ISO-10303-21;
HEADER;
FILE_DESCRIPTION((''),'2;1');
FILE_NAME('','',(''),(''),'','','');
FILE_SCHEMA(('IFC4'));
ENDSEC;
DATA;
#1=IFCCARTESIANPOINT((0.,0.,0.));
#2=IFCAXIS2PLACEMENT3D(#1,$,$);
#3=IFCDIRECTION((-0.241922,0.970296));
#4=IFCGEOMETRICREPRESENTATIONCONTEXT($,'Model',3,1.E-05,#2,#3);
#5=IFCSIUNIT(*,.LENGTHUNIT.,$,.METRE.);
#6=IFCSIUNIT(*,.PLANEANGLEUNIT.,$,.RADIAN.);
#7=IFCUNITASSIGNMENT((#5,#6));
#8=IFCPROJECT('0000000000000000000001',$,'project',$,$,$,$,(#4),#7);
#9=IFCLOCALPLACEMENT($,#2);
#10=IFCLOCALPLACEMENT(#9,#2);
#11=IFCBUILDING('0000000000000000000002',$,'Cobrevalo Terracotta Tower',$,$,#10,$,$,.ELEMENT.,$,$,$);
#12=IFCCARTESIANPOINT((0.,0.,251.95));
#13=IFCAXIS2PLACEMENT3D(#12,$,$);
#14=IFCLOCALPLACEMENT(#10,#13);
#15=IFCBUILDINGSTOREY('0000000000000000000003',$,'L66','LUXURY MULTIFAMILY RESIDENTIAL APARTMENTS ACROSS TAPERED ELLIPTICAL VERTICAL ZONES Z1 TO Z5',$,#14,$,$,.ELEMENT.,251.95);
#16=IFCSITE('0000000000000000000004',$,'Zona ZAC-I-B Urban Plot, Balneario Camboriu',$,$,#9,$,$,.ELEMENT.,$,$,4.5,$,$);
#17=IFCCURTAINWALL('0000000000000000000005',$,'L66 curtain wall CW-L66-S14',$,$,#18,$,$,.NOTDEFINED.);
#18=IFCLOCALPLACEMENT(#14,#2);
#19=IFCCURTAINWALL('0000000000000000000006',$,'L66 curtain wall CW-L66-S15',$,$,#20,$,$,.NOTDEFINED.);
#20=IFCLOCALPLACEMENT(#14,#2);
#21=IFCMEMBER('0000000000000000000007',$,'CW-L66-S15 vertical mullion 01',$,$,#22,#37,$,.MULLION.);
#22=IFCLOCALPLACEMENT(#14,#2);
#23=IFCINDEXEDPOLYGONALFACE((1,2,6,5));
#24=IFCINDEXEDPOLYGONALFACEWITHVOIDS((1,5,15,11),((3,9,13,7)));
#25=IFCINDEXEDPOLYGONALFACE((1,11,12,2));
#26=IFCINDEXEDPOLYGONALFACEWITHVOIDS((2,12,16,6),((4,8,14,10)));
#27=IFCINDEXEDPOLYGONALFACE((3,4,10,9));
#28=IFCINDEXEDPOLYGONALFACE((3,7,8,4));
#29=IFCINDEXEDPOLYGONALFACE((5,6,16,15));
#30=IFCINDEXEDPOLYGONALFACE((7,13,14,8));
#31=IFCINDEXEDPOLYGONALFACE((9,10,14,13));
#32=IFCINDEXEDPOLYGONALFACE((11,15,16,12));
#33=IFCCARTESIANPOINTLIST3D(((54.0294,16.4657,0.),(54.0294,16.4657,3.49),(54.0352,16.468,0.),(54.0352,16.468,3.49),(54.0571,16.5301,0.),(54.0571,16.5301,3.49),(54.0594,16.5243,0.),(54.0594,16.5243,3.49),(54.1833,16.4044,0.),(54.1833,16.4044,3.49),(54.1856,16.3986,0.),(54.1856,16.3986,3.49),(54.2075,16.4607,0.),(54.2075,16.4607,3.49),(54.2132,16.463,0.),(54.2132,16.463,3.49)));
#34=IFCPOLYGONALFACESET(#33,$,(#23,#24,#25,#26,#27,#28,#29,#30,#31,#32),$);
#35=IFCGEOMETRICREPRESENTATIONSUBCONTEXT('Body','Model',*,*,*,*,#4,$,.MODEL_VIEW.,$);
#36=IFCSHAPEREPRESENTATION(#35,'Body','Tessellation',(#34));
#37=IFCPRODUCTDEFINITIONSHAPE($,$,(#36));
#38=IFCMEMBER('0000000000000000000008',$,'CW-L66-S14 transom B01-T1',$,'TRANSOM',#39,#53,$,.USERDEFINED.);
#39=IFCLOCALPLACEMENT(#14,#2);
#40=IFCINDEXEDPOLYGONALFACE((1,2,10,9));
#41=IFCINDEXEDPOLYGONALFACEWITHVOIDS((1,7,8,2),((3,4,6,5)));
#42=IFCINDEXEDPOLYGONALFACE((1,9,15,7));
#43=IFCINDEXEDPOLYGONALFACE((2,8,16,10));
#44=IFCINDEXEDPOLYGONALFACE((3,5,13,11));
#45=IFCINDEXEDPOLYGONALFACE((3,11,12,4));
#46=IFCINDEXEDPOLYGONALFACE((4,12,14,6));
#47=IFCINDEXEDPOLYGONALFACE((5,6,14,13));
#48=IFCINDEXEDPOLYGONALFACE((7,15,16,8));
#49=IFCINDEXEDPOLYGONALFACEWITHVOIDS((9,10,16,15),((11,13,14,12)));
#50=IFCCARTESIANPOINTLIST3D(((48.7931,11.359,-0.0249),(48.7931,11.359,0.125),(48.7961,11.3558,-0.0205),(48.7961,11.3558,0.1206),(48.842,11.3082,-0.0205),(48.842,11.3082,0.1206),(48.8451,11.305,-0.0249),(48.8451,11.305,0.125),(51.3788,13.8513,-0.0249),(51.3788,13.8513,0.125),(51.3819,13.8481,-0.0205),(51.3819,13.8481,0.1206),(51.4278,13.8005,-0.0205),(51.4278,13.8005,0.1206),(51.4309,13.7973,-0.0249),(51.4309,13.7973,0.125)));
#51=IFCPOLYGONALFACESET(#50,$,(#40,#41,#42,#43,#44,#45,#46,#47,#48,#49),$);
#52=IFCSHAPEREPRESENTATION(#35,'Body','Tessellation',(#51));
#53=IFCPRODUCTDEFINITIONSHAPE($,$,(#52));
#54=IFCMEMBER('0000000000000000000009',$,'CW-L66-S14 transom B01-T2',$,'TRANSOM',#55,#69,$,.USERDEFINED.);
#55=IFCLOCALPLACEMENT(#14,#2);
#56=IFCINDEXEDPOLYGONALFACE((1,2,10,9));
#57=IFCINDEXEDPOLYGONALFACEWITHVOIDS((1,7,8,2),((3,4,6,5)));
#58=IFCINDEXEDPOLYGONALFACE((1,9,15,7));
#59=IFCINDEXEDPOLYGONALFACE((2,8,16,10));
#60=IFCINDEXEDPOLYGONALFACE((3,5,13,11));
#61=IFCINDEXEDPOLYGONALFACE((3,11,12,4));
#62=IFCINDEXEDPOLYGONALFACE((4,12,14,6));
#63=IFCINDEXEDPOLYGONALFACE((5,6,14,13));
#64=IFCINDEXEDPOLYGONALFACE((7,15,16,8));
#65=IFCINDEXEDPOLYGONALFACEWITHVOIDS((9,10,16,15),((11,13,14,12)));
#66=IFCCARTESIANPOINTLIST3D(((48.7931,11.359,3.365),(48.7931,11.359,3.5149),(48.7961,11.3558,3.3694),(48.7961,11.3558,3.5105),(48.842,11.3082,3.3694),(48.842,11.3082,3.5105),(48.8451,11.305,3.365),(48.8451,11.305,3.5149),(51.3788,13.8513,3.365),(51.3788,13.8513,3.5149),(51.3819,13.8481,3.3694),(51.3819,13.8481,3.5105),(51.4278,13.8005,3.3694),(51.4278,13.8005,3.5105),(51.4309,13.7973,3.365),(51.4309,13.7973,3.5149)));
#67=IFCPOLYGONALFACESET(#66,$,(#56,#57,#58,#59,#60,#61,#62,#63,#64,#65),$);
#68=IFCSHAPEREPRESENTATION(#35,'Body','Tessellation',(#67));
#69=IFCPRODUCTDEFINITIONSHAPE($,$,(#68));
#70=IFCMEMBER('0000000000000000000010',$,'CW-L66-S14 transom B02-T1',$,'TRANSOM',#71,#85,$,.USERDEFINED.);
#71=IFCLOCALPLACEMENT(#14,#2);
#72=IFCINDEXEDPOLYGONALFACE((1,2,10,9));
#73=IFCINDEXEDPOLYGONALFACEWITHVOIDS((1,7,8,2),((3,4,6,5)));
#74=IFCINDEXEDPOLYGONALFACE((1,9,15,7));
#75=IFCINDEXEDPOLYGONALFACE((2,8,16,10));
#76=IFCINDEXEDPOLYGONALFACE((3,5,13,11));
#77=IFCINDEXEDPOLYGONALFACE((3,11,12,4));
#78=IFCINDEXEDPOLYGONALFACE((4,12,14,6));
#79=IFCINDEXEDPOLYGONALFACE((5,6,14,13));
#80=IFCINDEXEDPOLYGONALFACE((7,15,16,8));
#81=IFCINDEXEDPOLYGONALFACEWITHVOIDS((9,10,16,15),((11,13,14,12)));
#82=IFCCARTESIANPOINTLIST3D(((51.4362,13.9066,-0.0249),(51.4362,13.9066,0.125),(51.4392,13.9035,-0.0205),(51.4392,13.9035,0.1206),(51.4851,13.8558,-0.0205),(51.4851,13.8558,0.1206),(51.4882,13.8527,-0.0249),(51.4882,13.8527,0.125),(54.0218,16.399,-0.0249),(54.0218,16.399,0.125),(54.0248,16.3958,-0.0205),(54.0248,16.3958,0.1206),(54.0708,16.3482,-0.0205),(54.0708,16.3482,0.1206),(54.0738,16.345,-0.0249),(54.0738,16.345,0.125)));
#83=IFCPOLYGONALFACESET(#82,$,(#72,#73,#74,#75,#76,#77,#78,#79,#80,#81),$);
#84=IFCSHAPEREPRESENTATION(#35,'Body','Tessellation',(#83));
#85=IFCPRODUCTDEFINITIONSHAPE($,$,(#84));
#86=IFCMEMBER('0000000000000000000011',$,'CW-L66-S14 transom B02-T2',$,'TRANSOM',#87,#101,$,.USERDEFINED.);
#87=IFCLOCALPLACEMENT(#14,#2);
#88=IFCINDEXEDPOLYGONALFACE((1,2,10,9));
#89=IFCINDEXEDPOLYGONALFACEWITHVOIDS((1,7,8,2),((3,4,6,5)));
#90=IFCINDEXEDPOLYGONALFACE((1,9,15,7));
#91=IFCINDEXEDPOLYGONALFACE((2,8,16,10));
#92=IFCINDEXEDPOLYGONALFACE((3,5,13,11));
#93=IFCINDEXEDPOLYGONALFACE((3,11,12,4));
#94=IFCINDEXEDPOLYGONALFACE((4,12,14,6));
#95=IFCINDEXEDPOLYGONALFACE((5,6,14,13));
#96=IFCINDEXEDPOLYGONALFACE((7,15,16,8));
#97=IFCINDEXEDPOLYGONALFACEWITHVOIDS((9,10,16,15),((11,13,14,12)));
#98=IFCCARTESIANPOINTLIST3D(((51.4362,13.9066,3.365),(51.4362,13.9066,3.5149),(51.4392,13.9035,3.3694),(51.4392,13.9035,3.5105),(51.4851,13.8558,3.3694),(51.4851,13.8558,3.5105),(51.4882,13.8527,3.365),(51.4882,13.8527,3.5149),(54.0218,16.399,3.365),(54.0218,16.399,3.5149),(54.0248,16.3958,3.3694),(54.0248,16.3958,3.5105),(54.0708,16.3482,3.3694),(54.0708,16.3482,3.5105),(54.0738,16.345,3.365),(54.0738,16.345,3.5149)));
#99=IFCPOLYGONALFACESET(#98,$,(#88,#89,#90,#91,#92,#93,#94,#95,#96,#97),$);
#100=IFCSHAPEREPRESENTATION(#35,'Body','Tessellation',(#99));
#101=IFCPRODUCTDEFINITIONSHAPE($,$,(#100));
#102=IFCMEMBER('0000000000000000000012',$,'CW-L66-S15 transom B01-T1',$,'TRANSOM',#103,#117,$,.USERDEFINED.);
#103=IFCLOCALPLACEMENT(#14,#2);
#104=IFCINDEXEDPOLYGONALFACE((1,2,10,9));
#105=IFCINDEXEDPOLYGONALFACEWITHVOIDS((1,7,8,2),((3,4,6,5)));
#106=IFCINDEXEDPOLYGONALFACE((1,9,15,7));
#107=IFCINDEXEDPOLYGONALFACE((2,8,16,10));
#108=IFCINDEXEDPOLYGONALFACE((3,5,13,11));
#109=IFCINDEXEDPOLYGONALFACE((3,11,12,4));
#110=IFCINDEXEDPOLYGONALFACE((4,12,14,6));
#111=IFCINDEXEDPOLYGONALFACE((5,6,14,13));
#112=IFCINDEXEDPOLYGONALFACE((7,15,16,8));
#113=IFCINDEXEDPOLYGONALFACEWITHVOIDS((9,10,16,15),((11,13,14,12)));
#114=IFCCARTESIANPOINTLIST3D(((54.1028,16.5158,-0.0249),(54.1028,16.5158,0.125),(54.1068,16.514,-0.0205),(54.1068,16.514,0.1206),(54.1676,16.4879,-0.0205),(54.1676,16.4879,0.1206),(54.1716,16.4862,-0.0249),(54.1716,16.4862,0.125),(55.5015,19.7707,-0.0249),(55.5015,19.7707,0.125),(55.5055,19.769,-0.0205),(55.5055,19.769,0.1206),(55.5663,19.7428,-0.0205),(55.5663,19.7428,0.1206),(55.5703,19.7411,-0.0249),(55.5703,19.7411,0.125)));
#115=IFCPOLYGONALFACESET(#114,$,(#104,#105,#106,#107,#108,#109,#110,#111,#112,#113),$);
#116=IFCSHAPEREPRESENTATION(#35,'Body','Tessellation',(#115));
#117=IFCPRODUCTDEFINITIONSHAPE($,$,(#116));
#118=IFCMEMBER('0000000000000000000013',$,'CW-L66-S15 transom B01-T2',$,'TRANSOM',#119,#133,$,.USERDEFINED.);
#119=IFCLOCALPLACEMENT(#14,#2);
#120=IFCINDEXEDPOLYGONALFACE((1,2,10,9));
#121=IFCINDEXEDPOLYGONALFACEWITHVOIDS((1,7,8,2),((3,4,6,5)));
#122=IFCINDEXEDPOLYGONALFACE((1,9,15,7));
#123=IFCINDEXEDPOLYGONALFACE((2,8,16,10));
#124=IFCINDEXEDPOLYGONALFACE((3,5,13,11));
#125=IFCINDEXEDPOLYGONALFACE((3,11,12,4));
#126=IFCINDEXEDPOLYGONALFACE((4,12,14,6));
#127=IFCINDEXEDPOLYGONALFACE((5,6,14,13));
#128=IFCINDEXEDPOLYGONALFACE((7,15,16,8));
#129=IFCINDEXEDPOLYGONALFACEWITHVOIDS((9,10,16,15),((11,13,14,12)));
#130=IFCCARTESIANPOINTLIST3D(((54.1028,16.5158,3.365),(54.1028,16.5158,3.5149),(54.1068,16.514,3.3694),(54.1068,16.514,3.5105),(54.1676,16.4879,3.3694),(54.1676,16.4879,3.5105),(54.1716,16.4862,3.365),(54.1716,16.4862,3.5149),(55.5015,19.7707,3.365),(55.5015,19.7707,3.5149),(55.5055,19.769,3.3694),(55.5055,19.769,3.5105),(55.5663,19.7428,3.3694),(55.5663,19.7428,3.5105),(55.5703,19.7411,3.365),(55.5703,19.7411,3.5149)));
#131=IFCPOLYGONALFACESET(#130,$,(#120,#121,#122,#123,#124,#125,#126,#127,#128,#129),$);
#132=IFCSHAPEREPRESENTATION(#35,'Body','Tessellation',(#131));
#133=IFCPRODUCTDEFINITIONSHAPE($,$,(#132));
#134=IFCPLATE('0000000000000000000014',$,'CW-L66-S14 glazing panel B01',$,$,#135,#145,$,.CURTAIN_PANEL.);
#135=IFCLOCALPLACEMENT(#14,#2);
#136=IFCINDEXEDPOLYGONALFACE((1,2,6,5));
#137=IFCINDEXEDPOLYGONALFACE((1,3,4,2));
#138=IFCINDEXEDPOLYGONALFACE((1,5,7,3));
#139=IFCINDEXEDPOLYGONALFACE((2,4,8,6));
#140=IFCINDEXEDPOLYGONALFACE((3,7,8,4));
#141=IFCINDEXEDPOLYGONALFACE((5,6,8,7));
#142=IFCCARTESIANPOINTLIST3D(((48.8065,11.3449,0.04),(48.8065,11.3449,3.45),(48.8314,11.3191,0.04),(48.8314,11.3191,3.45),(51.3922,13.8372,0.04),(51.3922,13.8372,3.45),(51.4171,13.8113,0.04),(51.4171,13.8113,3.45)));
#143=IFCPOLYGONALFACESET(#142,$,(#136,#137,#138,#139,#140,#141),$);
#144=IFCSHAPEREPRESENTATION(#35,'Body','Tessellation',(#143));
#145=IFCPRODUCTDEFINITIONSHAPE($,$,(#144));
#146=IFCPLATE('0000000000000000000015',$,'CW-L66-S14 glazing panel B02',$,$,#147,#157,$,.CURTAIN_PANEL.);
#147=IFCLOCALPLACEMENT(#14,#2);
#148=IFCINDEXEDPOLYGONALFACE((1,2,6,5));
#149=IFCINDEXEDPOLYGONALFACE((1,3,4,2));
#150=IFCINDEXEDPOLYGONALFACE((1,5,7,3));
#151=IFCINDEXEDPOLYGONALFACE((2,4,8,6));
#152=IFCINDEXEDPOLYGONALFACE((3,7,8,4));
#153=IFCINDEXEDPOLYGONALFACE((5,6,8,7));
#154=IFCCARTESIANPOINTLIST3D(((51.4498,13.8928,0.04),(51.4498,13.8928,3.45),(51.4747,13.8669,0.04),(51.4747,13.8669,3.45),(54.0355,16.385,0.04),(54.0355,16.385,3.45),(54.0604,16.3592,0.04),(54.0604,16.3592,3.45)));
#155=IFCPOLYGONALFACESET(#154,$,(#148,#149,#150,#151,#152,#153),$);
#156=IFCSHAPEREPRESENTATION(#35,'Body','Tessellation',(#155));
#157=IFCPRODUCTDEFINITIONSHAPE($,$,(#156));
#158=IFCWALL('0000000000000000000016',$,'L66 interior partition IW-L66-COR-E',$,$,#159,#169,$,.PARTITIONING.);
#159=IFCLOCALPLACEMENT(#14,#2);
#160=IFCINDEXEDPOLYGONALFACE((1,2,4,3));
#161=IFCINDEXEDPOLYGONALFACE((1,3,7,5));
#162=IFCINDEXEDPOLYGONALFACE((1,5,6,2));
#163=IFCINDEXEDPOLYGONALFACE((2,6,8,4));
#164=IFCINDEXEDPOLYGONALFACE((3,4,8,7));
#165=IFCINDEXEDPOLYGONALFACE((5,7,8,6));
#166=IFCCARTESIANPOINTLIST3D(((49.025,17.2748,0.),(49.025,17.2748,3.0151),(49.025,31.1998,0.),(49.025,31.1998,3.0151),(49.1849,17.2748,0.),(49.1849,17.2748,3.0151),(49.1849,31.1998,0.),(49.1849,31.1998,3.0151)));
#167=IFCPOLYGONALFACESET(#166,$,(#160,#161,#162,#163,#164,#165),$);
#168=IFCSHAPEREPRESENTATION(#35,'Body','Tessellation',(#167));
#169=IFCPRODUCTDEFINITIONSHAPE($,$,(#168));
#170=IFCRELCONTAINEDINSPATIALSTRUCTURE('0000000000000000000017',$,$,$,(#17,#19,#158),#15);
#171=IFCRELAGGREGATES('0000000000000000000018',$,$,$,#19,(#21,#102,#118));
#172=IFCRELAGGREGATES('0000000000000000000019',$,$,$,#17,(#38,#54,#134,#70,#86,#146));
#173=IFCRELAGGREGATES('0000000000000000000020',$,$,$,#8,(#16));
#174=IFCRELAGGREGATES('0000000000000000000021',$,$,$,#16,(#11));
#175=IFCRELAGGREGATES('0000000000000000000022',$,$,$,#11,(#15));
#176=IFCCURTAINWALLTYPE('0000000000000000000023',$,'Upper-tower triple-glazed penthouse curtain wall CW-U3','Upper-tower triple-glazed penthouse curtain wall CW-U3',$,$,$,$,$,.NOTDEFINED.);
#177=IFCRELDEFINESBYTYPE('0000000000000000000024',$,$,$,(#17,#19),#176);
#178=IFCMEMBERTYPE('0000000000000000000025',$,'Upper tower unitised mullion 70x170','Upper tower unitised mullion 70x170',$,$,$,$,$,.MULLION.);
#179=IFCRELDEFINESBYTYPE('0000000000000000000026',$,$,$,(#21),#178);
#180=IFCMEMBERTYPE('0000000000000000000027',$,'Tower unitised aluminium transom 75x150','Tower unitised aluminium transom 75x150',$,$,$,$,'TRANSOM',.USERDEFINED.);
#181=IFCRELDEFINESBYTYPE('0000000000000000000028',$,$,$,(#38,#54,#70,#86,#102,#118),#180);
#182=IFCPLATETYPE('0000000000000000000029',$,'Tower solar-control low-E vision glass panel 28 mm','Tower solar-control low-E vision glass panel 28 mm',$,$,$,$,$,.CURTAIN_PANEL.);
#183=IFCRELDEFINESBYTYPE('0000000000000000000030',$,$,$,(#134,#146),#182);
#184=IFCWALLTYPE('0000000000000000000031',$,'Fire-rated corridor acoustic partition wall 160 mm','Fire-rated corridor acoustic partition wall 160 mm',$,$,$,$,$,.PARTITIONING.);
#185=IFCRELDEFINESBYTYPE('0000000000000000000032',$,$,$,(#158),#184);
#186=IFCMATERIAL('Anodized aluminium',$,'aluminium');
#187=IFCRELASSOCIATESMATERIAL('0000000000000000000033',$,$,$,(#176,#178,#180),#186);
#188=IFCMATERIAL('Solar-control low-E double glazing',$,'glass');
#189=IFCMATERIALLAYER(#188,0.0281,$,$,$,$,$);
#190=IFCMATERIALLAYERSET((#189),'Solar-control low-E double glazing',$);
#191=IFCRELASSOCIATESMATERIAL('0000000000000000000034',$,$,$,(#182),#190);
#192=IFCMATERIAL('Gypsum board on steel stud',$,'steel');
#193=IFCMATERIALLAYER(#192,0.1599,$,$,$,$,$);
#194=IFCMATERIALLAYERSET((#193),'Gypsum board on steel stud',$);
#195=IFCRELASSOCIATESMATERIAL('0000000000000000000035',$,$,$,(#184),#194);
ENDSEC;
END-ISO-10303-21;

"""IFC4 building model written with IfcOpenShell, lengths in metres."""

from ifc_helpers import new_model, si_unit, direction, frame, frame_2d, origin, origin_2d, place, context, subcontext, project, spatial, rectangle, hollow_rectangle, extrude, source, transform, mapped, material, layer, layer_set, material_profile, profile_set, type_object, element, aggregate, save


model = new_model("IFC4")

# Units and contexts
model_context = context("Model", 3, precision=1e-05, world=origin(), true_north=direction((-0.241922, 0.970296)))
body_context = subcontext(model_context, "Body", "Model", "MODEL_VIEW")
ifc_project = project(units=[si_unit("LENGTHUNIT", "METRE"), si_unit("PLANEANGLEUNIT", "RADIAN")], contexts=[model_context])

# Site, building, storey
site_placement = place(None, origin())
site = spatial("IfcSite", under=ifc_project, at=site_placement, Name="Zona ZAC-I-B Urban Plot, Balneario Camboriu", CompositionType="ELEMENT", RefElevation=4.5)
building_placement = place(site_placement, origin())
building = spatial("IfcBuilding", under=site, at=building_placement, Name="Cobrevalo Terracotta Tower", CompositionType="ELEMENT")
storey_placement = place(building_placement, frame((0.0, 0.0, 251.95)))
storey = spatial("IfcBuildingStorey", under=building, at=storey_placement, Name="L66", Description="LUXURY MULTIFAMILY RESIDENTIAL APARTMENTS ACROSS TAPERED ELLIPTICAL VERTICAL ZONES Z1 TO Z5", CompositionType="ELEMENT", Elevation=251.95)

# Curtain wall
ifc_material_1 = material(Name="Anodized aluminium", Category="aluminium")
curtain_wall_type = type_object("IfcCurtainWallType", Name="Upper-tower triple-glazed penthouse curtain wall CW-U3", Description="Upper-tower triple-glazed penthouse curtain wall CW-U3", PredefinedType="NOTDEFINED", material=ifc_material_1)
curtain_wall_1_placement = place(storey_placement, origin())
curtain_wall_1 = element("IfcCurtainWall", 1, at=curtain_wall_1_placement, inside=storey, type_object=curtain_wall_type, Name="L66 curtain wall CW-L66-S14", PredefinedType="NOTDEFINED")
ifc_material_profile_1 = material_profile(ifc_material_1, hollow_rectangle(XDim=0.0701, YDim=0.1699, WallThickness=0.0044, at=origin_2d()), Name="CWM 70x170")
ifc_profile_set_1 = profile_set([ifc_material_profile_1], Name="Anodized aluminium")
member_type_1 = type_object("IfcMemberType", Name="Upper tower unitised mullion 70x170", Description="Upper tower unitised mullion 70x170", PredefinedType="MULLION", material=ifc_profile_set_1)
shared_shape_1 = source(origin(), body_context, "Body", "SweptSolid", [
    extrude(hollow_rectangle(XDim=0.0701, YDim=0.1699, WallThickness=0.0044, at=origin_2d()), origin(), (0.0, 0.0, 1.0), 3.49),
])

# Curtain wall, member
curtain_wall_2_placement = place(storey_placement, origin())
curtain_wall_2 = element("IfcCurtainWall", 2, at=curtain_wall_2_placement, inside=storey, type_object=curtain_wall_type, Name="L66 curtain wall CW-L66-S15", PredefinedType="NOTDEFINED")
member_1_placement = place(storey_placement, frame((54.1213, 16.4644, 0.0), z_axis=(0.0, 0.0, 1.0), x_axis=(0.394824, 0.918757, 0.0)))
member_1 = element("IfcMember", 3, at=member_1_placement, type_object=member_type_1, Name="CW-L66-S15 vertical mullion 01", PredefinedType="MULLION", context=body_context, shape_type="MappedRepresentation", body=[
    mapped(shared_shape_1, transform((0.0, 0.0, 0.0), scale=1.0)),
])

# Members
ifc_material_profile_2 = material_profile(ifc_material_1, hollow_rectangle(XDim=0.075, YDim=0.1499, WallThickness=0.0044, at=origin_2d()), Name="CWT 75x150")
ifc_profile_set_2 = profile_set([ifc_material_profile_2], Name="Anodized aluminium")
member_type_2 = type_object("IfcMemberType", Name="Tower unitised aluminium transom 75x150", Description="Tower unitised aluminium transom 75x150", ElementType="TRANSOM", PredefinedType="USERDEFINED", material=ifc_profile_set_2)
shared_shape_2 = source(origin(), body_context, "Body", "SweptSolid", [
    extrude(hollow_rectangle(XDim=0.075, YDim=0.1499, WallThickness=0.0044, at=origin_2d()), origin(), (0.0, 0.0, 1.0), 3.5913),
])
member_2_placement = place(storey_placement, frame((48.8191, 11.332, 0.05), z_axis=(0.720006, 0.693968, 0.0), x_axis=(-0.693968, 0.720006, 0.0)))
member_2 = element("IfcMember", 4, at=member_2_placement, type_object=member_type_2, Name="CW-L66-S14 transom B01-T1", ObjectType="TRANSOM", PredefinedType="USERDEFINED", context=body_context, shape_type="MappedRepresentation", body=[
    mapped(shared_shape_2, transform((0.0, 0.0, 0.0), scale=1.0)),
])
member_3_placement = place(storey_placement, frame((48.8191, 11.332, 3.4399), z_axis=(0.720006, 0.693968, 0.0), x_axis=(-0.693968, 0.720006, 0.0)))
member_3 = element("IfcMember", 5, at=member_3_placement, type_object=member_type_2, Name="CW-L66-S14 transom B01-T2", ObjectType="TRANSOM", PredefinedType="USERDEFINED", context=body_context, shape_type="MappedRepresentation", body=[
    mapped(shared_shape_2, transform((0.0, 0.0, 0.0), scale=1.0)),
])
member_4_placement = place(storey_placement, frame((51.4622, 13.8796, 0.05), z_axis=(0.719972, 0.694003, 0.0), x_axis=(-0.694003, 0.719972, 0.0)))
member_4 = element("IfcMember", 6, at=member_4_placement, type_object=member_type_2, Name="CW-L66-S14 transom B02-T1", ObjectType="TRANSOM", PredefinedType="USERDEFINED", context=body_context, shape_type="MappedRepresentation", body=[
    mapped(shared_shape_2, transform((0.0, 0.0, 0.0), scale=1.0)),
])
member_5_placement = place(storey_placement, frame((51.4622, 13.8796, 3.4399), z_axis=(0.719972, 0.694003, 0.0), x_axis=(-0.694003, 0.719972, 0.0)))
member_5 = element("IfcMember", 7, at=member_5_placement, type_object=member_type_2, Name="CW-L66-S14 transom B02-T2", ObjectType="TRANSOM", PredefinedType="USERDEFINED", context=body_context, shape_type="MappedRepresentation", body=[
    mapped(shared_shape_2, transform((0.0, 0.0, 0.0), scale=1.0)),
])
shared_shape_3 = source(origin(), body_context, "Body", "SweptSolid", [
    extrude(hollow_rectangle(XDim=0.075, YDim=0.1499, WallThickness=0.0044, at=origin_2d()), origin(), (0.0, 0.0, 1.0), 3.5427),
])
member_6_placement = place(storey_placement, frame((54.1372, 16.501, 0.05), z_axis=(0.394809, 0.918763, 0.0), x_axis=(-0.918763, 0.394809, 0.0)))
member_6 = element("IfcMember", 8, at=member_6_placement, type_object=member_type_2, Name="CW-L66-S15 transom B01-T1", ObjectType="TRANSOM", PredefinedType="USERDEFINED", context=body_context, shape_type="MappedRepresentation", body=[
    mapped(shared_shape_3, transform((0.0, 0.0, 0.0), scale=1.0)),
])
member_7_placement = place(storey_placement, frame((54.1372, 16.501, 3.4399), z_axis=(0.394809, 0.918763, 0.0), x_axis=(-0.918763, 0.394809, 0.0)))
member_7 = element("IfcMember", 9, at=member_7_placement, type_object=member_type_2, Name="CW-L66-S15 transom B01-T2", ObjectType="TRANSOM", PredefinedType="USERDEFINED", context=body_context, shape_type="MappedRepresentation", body=[
    mapped(shared_shape_3, transform((0.0, 0.0, 0.0), scale=1.0)),
])
aggregate(curtain_wall_2, [member_1, member_6, member_7])

# Plates
ifc_material_2 = material(Name="Solar-control low-E double glazing", Category="glass")
ifc_layer_1 = layer(ifc_material_2, 0.0281)
ifc_layer_set_1 = layer_set([ifc_layer_1], Name="Solar-control low-E double glazing")
plate_type = type_object("IfcPlateType", Name="Tower solar-control low-E vision glass panel 28 mm", Description="Tower solar-control low-E vision glass panel 28 mm", PredefinedType="CURTAIN_PANEL", material=ifc_layer_set_1)
shared_shape_4 = source(origin(), body_context, "Body", "SweptSolid", [
    extrude(rectangle(XDim=3.5913, YDim=0.0359, at=origin_2d()), origin(), (0.0, 0.0, 1.0), 3.4099),
])
plate_1_placement = place(storey_placement, frame((50.1118, 12.5781, 0.04), z_axis=(0.0, 0.0, 1.0), x_axis=(0.719997, 0.693978, 0.0)))
plate_1 = element("IfcPlate", 10, at=plate_1_placement, type_object=plate_type, Name="CW-L66-S14 glazing panel B01", PredefinedType="CURTAIN_PANEL", context=body_context, shape_type="MappedRepresentation", body=[
    mapped(shared_shape_4, transform((0.0, 0.0, 0.0), scale=1.0)),
])
plate_2_placement = place(storey_placement, frame((52.7551, 15.126, 0.04), z_axis=(0.0, 0.0, 1.0), x_axis=(0.719997, 0.693978, 0.0)))
plate_2 = element("IfcPlate", 11, at=plate_2_placement, type_object=plate_type, Name="CW-L66-S14 glazing panel B02", PredefinedType="CURTAIN_PANEL", context=body_context, shape_type="MappedRepresentation", body=[
    mapped(shared_shape_4, transform((0.0, 0.0, 0.0), scale=1.0)),
])
aggregate(curtain_wall_1, [member_2, member_3, plate_1, member_4, member_5, plate_2])

# Wall
ifc_material_3 = material(Name="Gypsum board on steel stud", Category="steel")
ifc_layer_2 = layer(ifc_material_3, 0.1599)
ifc_layer_set_2 = layer_set([ifc_layer_2], Name="Gypsum board on steel stud")
wall_type_1 = type_object("IfcWallType", Name="Fire-rated corridor acoustic partition wall 160 mm", Description="Fire-rated corridor acoustic partition wall 160 mm", PredefinedType="PARTITIONING", material=ifc_layer_set_2)
wall_1_placement = place(storey_placement, frame((49.105, 17.2749, 0.0), z_axis=(0.0, 0.0, 1.0), x_axis=(0.0, 1.0, 0.0)))
element("IfcWall", 12, at=wall_1_placement, inside=storey, type_object=wall_type_1, Name="L66 interior partition IW-L66-COR-E", PredefinedType="PARTITIONING", context=body_context, shape_type="SweptSolid", body=[
    extrude(rectangle(XDim=13.925, YDim=0.1599, at=frame_2d((6.9624, 0.0))), origin(), (0.0, 0.0, 1.0), 3.0151),
])

save(model, "model.ifc")
